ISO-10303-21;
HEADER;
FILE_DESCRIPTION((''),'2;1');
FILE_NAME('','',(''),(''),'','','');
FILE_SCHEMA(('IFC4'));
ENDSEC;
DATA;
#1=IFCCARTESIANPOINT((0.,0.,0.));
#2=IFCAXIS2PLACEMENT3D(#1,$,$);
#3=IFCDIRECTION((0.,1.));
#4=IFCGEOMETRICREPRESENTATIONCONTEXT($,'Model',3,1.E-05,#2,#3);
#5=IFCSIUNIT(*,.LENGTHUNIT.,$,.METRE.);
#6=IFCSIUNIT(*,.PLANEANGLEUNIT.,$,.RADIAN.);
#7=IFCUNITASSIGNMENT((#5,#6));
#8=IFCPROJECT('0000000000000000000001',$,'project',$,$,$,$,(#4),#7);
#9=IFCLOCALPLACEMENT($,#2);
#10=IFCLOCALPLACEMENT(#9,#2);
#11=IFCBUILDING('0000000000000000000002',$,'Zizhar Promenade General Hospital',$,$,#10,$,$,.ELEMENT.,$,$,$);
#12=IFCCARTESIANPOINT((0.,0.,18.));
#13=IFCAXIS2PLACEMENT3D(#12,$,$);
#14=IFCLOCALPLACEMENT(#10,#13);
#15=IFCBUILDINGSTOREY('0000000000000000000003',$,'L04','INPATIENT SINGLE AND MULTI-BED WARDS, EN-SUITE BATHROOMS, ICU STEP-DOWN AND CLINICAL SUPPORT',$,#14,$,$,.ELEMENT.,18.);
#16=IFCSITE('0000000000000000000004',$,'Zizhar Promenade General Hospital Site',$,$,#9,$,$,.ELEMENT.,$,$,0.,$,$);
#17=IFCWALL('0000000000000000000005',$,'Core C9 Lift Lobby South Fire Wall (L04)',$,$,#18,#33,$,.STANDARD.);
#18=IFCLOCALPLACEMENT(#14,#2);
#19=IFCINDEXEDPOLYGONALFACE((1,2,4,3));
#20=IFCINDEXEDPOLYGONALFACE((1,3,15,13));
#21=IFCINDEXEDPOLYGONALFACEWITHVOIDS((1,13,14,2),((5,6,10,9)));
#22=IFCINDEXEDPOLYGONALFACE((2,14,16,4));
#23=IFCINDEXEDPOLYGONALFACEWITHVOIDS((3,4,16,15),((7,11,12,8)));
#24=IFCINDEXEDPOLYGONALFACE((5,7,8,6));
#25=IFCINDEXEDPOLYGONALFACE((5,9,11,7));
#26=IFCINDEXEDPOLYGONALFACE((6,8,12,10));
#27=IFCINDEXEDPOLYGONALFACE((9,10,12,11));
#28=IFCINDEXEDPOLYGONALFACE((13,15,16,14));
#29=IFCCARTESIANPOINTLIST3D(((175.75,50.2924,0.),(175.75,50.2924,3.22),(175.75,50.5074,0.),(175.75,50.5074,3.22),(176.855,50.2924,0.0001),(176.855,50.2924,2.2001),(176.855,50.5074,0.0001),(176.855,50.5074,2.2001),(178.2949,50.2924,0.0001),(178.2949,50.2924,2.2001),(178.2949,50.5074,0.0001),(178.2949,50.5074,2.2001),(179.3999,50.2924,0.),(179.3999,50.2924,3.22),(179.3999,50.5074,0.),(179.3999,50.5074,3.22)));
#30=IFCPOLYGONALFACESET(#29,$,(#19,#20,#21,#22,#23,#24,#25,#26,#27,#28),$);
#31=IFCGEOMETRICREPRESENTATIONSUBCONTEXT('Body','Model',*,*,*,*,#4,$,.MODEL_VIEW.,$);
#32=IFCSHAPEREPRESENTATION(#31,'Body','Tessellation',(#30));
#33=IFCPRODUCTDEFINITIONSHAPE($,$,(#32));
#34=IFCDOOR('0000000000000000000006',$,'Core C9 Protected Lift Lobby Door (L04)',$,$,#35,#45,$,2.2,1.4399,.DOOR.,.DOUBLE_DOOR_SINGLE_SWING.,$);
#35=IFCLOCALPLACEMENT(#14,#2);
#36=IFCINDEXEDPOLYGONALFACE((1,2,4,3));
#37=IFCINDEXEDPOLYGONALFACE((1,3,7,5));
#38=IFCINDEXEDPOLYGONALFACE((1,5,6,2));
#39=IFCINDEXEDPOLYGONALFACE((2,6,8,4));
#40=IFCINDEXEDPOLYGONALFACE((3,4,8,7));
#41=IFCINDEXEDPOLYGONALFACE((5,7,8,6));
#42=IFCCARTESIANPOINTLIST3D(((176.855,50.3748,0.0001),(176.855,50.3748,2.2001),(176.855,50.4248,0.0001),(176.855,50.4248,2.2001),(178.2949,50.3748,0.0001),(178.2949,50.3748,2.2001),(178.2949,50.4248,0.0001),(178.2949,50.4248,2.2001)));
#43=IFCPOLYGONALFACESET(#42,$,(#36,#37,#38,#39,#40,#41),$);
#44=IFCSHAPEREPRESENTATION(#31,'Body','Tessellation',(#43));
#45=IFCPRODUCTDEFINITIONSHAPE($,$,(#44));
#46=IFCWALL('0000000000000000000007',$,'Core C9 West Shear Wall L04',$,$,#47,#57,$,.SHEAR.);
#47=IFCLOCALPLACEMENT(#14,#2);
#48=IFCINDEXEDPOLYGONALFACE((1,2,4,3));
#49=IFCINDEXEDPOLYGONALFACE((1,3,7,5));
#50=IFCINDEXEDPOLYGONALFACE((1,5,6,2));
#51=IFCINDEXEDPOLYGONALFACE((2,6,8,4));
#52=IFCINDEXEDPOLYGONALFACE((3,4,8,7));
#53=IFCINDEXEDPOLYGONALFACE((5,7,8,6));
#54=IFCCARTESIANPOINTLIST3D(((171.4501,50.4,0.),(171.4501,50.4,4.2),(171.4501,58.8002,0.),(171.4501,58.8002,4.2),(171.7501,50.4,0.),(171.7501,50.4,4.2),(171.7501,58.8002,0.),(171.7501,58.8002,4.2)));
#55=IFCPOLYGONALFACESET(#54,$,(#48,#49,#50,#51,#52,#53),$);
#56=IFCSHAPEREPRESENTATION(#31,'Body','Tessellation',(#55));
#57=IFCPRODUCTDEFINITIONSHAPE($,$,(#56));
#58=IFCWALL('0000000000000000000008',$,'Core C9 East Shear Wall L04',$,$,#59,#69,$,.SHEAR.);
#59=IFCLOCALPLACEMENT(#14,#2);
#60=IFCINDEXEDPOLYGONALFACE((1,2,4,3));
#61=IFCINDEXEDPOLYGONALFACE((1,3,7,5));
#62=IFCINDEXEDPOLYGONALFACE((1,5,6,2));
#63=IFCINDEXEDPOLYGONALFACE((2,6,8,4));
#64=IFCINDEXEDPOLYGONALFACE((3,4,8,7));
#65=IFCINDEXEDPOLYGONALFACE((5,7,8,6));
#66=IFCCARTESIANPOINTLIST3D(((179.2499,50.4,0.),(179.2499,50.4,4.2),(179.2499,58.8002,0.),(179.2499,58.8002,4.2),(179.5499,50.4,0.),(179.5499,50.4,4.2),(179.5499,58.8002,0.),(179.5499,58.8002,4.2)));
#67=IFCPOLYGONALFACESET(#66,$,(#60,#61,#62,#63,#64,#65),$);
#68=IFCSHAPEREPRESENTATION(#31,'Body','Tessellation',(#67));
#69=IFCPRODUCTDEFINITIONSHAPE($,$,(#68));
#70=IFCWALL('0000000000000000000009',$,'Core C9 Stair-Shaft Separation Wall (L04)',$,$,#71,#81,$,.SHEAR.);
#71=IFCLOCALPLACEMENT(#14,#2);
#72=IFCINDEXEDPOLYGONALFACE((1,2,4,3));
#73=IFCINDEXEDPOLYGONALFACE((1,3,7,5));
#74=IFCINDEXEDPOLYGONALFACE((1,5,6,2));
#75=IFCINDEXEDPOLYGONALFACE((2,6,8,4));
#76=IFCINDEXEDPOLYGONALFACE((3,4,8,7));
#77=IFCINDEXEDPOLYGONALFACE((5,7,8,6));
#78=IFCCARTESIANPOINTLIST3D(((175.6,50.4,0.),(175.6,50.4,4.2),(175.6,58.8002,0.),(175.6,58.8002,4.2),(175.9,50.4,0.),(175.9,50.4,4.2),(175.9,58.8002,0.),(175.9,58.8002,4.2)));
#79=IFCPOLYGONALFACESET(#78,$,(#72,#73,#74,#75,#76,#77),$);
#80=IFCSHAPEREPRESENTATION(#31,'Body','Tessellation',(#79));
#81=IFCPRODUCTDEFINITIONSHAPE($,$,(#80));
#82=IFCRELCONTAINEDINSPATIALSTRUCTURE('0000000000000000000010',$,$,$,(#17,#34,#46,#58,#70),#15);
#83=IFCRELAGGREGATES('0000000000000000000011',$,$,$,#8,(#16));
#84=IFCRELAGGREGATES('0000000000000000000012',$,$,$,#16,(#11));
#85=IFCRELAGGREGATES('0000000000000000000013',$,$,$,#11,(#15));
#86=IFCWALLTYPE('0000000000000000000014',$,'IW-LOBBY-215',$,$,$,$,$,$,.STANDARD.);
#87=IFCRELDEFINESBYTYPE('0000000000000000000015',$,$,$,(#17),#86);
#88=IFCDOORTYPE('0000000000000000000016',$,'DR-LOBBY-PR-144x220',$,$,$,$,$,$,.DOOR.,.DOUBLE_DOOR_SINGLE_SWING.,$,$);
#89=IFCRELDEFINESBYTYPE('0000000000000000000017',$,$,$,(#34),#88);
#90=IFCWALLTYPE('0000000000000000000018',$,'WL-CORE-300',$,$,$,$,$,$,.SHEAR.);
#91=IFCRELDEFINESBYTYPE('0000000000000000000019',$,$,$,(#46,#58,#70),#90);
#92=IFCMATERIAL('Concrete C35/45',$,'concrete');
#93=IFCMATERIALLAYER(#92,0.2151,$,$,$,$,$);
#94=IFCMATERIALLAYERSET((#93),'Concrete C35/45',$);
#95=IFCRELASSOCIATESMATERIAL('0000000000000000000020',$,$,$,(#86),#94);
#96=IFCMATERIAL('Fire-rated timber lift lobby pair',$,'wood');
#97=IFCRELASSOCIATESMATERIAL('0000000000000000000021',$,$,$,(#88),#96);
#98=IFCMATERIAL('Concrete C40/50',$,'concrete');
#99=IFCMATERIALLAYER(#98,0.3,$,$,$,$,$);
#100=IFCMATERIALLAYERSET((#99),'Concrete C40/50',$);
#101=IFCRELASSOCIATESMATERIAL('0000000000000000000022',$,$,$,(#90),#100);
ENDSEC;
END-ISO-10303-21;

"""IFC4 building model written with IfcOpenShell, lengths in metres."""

from ifc_helpers import new_model, si_unit, direction, frame, frame_2d, origin, place, context, subcontext, project, spatial, rectangle, extrude, material, layer, layer_set, type_object, element, fill, save


model = new_model("IFC4")

# Units and contexts
model_context = context("Model", 3, precision=1e-05, world=origin(), true_north=direction((0.0, 1.0)))
body_context = subcontext(model_context, "Body", "Model", "MODEL_VIEW")
ifc_project = project(units=[si_unit("LENGTHUNIT", "METRE"), si_unit("PLANEANGLEUNIT", "RADIAN")], contexts=[model_context])

# Site, building, storey
site_placement = place(None, origin())
site = spatial("IfcSite", under=ifc_project, at=site_placement, Name="Zizhar Promenade General Hospital Site", CompositionType="ELEMENT", RefElevation=0.0)
building_placement = place(site_placement, origin())
building = spatial("IfcBuilding", under=site, at=building_placement, Name="Zizhar Promenade General Hospital", CompositionType="ELEMENT")
storey_placement = place(building_placement, frame((0.0, 0.0, 18.0)))
storey = spatial("IfcBuildingStorey", under=building, at=storey_placement, Name="L04", Description="INPATIENT SINGLE AND MULTI-BED WARDS, EN-SUITE BATHROOMS, ICU STEP-DOWN AND CLINICAL SUPPORT", CompositionType="ELEMENT", Elevation=18.0)

# Wall, opening, door
ifc_material_1 = material(Name="Concrete C35/45", Category="concrete")
ifc_layer_1 = layer(ifc_material_1, 0.2151)
ifc_layer_set_1 = layer_set([ifc_layer_1], Name="Concrete C35/45")
wall_type_1 = type_object("IfcWallType", Name="IW-LOBBY-215", PredefinedType="STANDARD", material=ifc_layer_set_1)
wall_1_placement = place(storey_placement, frame((175.75, 50.3999, 0.0), z_axis=(0.0, 0.0, 1.0), x_axis=(1.0, 0.0, 0.0)))
wall_1 = element("IfcWall", 1, at=wall_1_placement, inside=storey, type_object=wall_type_1, Name="Core C9 Lift Lobby South Fire Wall (L04)", PredefinedType="STANDARD", context=body_context, shape_type="SweptSolid", body=[
    extrude(rectangle(XDim=3.6499, YDim=0.2151, at=frame_2d((1.825, 0.0))), origin(), (0.0, 0.0, 1.0), 3.22),
])
opening_1_placement = place(wall_1_placement, frame((1.105, 0.0, 0.0)))
opening_1 = element("IfcOpeningElement", 2, at=opening_1_placement, cuts=wall_1, PredefinedType="OPENING", context=body_context, shape_type="SweptSolid", body=[
    extrude(rectangle(XDim=1.4399, YDim=2.2, at=frame_2d((0.72, 1.1001))), frame((0.0, 0.1177, 0.0), z_axis=(0.0, -1.0, 0.0), x_axis=(1.0, 0.0, 0.0)), (0.0, 0.0, 1.0), 0.2351),
])
ifc_material_2 = material(Name="Fire-rated timber lift lobby pair", Category="wood")
door_type_1 = type_object("IfcDoorType", Name="DR-LOBBY-PR-144x220", OperationType="DOUBLE_DOOR_SINGLE_SWING", PredefinedType="DOOR", material=ifc_material_2)
door_1_placement = place(opening_1_placement, origin())
door_1 = element("IfcDoor", 3, at=door_1_placement, inside=storey, type_object=door_type_1, Name="Core C9 Protected Lift Lobby Door (L04)", OperationType="DOUBLE_DOOR_SINGLE_SWING", OverallHeight=2.2, OverallWidth=1.4399, PredefinedType="DOOR", context=body_context, shape_type="SweptSolid", body=[
    extrude(rectangle(XDim=1.4399, YDim=2.2, at=frame_2d((0.72, 1.1001))), frame((0.0, 0.0249, 0.0), z_axis=(0.0, -1.0, 0.0), x_axis=(1.0, 0.0, 0.0)), (0.0, 0.0, 1.0), 0.05),
])
fill(opening_1, door_1)

# Walls
ifc_material_3 = material(Name="Concrete C40/50", Category="concrete")
ifc_layer_2 = layer(ifc_material_3, 0.3)
ifc_layer_set_2 = layer_set([ifc_layer_2], Name="Concrete C40/50")
wall_type_2 = type_object("IfcWallType", Name="WL-CORE-300", PredefinedType="SHEAR", material=ifc_layer_set_2)
for number, where, z_axis, x_axis, name in (
    (4, (171.6001, 50.3999, 0.0), (0.0, 0.0, 1.0), (0.0, 1.0, 0.0), "Core C9 West Shear Wall L04"),
    (5, (179.3999, 50.3999, 0.0), (0.0, 0.0, 1.0), (0.0, 1.0, 0.0), "Core C9 East Shear Wall L04"),
):
    element("IfcWall", number, at=place(storey_placement, frame(where, z_axis=z_axis, x_axis=x_axis)), inside=storey, type_object=wall_type_2, Name=name, PredefinedType="SHEAR", context=body_context, shape_type="SweptSolid", body=[
        extrude(rectangle(XDim=8.4001, YDim=0.3, at=frame_2d((4.2002, 0.0))), origin(), (0.0, 0.0, 1.0), 4.2),
    ])

# Wall
wall_2_placement = place(storey_placement, frame((175.75, 50.3999, 0.0), z_axis=(0.0, 0.0, 1.0), x_axis=(0.0, 1.0, 0.0)))
element("IfcWall", 6, at=wall_2_placement, inside=storey, type_object=wall_type_2, Name="Core C9 Stair-Shaft Separation Wall (L04)", PredefinedType="SHEAR", context=body_context, shape_type="SweptSolid", body=[
    extrude(rectangle(XDim=8.4001, YDim=0.3, at=frame_2d((4.2002, 0.0))), origin(), (0.0, 0.0, 1.0), 4.2),
])

save(model, "model.ifc")
